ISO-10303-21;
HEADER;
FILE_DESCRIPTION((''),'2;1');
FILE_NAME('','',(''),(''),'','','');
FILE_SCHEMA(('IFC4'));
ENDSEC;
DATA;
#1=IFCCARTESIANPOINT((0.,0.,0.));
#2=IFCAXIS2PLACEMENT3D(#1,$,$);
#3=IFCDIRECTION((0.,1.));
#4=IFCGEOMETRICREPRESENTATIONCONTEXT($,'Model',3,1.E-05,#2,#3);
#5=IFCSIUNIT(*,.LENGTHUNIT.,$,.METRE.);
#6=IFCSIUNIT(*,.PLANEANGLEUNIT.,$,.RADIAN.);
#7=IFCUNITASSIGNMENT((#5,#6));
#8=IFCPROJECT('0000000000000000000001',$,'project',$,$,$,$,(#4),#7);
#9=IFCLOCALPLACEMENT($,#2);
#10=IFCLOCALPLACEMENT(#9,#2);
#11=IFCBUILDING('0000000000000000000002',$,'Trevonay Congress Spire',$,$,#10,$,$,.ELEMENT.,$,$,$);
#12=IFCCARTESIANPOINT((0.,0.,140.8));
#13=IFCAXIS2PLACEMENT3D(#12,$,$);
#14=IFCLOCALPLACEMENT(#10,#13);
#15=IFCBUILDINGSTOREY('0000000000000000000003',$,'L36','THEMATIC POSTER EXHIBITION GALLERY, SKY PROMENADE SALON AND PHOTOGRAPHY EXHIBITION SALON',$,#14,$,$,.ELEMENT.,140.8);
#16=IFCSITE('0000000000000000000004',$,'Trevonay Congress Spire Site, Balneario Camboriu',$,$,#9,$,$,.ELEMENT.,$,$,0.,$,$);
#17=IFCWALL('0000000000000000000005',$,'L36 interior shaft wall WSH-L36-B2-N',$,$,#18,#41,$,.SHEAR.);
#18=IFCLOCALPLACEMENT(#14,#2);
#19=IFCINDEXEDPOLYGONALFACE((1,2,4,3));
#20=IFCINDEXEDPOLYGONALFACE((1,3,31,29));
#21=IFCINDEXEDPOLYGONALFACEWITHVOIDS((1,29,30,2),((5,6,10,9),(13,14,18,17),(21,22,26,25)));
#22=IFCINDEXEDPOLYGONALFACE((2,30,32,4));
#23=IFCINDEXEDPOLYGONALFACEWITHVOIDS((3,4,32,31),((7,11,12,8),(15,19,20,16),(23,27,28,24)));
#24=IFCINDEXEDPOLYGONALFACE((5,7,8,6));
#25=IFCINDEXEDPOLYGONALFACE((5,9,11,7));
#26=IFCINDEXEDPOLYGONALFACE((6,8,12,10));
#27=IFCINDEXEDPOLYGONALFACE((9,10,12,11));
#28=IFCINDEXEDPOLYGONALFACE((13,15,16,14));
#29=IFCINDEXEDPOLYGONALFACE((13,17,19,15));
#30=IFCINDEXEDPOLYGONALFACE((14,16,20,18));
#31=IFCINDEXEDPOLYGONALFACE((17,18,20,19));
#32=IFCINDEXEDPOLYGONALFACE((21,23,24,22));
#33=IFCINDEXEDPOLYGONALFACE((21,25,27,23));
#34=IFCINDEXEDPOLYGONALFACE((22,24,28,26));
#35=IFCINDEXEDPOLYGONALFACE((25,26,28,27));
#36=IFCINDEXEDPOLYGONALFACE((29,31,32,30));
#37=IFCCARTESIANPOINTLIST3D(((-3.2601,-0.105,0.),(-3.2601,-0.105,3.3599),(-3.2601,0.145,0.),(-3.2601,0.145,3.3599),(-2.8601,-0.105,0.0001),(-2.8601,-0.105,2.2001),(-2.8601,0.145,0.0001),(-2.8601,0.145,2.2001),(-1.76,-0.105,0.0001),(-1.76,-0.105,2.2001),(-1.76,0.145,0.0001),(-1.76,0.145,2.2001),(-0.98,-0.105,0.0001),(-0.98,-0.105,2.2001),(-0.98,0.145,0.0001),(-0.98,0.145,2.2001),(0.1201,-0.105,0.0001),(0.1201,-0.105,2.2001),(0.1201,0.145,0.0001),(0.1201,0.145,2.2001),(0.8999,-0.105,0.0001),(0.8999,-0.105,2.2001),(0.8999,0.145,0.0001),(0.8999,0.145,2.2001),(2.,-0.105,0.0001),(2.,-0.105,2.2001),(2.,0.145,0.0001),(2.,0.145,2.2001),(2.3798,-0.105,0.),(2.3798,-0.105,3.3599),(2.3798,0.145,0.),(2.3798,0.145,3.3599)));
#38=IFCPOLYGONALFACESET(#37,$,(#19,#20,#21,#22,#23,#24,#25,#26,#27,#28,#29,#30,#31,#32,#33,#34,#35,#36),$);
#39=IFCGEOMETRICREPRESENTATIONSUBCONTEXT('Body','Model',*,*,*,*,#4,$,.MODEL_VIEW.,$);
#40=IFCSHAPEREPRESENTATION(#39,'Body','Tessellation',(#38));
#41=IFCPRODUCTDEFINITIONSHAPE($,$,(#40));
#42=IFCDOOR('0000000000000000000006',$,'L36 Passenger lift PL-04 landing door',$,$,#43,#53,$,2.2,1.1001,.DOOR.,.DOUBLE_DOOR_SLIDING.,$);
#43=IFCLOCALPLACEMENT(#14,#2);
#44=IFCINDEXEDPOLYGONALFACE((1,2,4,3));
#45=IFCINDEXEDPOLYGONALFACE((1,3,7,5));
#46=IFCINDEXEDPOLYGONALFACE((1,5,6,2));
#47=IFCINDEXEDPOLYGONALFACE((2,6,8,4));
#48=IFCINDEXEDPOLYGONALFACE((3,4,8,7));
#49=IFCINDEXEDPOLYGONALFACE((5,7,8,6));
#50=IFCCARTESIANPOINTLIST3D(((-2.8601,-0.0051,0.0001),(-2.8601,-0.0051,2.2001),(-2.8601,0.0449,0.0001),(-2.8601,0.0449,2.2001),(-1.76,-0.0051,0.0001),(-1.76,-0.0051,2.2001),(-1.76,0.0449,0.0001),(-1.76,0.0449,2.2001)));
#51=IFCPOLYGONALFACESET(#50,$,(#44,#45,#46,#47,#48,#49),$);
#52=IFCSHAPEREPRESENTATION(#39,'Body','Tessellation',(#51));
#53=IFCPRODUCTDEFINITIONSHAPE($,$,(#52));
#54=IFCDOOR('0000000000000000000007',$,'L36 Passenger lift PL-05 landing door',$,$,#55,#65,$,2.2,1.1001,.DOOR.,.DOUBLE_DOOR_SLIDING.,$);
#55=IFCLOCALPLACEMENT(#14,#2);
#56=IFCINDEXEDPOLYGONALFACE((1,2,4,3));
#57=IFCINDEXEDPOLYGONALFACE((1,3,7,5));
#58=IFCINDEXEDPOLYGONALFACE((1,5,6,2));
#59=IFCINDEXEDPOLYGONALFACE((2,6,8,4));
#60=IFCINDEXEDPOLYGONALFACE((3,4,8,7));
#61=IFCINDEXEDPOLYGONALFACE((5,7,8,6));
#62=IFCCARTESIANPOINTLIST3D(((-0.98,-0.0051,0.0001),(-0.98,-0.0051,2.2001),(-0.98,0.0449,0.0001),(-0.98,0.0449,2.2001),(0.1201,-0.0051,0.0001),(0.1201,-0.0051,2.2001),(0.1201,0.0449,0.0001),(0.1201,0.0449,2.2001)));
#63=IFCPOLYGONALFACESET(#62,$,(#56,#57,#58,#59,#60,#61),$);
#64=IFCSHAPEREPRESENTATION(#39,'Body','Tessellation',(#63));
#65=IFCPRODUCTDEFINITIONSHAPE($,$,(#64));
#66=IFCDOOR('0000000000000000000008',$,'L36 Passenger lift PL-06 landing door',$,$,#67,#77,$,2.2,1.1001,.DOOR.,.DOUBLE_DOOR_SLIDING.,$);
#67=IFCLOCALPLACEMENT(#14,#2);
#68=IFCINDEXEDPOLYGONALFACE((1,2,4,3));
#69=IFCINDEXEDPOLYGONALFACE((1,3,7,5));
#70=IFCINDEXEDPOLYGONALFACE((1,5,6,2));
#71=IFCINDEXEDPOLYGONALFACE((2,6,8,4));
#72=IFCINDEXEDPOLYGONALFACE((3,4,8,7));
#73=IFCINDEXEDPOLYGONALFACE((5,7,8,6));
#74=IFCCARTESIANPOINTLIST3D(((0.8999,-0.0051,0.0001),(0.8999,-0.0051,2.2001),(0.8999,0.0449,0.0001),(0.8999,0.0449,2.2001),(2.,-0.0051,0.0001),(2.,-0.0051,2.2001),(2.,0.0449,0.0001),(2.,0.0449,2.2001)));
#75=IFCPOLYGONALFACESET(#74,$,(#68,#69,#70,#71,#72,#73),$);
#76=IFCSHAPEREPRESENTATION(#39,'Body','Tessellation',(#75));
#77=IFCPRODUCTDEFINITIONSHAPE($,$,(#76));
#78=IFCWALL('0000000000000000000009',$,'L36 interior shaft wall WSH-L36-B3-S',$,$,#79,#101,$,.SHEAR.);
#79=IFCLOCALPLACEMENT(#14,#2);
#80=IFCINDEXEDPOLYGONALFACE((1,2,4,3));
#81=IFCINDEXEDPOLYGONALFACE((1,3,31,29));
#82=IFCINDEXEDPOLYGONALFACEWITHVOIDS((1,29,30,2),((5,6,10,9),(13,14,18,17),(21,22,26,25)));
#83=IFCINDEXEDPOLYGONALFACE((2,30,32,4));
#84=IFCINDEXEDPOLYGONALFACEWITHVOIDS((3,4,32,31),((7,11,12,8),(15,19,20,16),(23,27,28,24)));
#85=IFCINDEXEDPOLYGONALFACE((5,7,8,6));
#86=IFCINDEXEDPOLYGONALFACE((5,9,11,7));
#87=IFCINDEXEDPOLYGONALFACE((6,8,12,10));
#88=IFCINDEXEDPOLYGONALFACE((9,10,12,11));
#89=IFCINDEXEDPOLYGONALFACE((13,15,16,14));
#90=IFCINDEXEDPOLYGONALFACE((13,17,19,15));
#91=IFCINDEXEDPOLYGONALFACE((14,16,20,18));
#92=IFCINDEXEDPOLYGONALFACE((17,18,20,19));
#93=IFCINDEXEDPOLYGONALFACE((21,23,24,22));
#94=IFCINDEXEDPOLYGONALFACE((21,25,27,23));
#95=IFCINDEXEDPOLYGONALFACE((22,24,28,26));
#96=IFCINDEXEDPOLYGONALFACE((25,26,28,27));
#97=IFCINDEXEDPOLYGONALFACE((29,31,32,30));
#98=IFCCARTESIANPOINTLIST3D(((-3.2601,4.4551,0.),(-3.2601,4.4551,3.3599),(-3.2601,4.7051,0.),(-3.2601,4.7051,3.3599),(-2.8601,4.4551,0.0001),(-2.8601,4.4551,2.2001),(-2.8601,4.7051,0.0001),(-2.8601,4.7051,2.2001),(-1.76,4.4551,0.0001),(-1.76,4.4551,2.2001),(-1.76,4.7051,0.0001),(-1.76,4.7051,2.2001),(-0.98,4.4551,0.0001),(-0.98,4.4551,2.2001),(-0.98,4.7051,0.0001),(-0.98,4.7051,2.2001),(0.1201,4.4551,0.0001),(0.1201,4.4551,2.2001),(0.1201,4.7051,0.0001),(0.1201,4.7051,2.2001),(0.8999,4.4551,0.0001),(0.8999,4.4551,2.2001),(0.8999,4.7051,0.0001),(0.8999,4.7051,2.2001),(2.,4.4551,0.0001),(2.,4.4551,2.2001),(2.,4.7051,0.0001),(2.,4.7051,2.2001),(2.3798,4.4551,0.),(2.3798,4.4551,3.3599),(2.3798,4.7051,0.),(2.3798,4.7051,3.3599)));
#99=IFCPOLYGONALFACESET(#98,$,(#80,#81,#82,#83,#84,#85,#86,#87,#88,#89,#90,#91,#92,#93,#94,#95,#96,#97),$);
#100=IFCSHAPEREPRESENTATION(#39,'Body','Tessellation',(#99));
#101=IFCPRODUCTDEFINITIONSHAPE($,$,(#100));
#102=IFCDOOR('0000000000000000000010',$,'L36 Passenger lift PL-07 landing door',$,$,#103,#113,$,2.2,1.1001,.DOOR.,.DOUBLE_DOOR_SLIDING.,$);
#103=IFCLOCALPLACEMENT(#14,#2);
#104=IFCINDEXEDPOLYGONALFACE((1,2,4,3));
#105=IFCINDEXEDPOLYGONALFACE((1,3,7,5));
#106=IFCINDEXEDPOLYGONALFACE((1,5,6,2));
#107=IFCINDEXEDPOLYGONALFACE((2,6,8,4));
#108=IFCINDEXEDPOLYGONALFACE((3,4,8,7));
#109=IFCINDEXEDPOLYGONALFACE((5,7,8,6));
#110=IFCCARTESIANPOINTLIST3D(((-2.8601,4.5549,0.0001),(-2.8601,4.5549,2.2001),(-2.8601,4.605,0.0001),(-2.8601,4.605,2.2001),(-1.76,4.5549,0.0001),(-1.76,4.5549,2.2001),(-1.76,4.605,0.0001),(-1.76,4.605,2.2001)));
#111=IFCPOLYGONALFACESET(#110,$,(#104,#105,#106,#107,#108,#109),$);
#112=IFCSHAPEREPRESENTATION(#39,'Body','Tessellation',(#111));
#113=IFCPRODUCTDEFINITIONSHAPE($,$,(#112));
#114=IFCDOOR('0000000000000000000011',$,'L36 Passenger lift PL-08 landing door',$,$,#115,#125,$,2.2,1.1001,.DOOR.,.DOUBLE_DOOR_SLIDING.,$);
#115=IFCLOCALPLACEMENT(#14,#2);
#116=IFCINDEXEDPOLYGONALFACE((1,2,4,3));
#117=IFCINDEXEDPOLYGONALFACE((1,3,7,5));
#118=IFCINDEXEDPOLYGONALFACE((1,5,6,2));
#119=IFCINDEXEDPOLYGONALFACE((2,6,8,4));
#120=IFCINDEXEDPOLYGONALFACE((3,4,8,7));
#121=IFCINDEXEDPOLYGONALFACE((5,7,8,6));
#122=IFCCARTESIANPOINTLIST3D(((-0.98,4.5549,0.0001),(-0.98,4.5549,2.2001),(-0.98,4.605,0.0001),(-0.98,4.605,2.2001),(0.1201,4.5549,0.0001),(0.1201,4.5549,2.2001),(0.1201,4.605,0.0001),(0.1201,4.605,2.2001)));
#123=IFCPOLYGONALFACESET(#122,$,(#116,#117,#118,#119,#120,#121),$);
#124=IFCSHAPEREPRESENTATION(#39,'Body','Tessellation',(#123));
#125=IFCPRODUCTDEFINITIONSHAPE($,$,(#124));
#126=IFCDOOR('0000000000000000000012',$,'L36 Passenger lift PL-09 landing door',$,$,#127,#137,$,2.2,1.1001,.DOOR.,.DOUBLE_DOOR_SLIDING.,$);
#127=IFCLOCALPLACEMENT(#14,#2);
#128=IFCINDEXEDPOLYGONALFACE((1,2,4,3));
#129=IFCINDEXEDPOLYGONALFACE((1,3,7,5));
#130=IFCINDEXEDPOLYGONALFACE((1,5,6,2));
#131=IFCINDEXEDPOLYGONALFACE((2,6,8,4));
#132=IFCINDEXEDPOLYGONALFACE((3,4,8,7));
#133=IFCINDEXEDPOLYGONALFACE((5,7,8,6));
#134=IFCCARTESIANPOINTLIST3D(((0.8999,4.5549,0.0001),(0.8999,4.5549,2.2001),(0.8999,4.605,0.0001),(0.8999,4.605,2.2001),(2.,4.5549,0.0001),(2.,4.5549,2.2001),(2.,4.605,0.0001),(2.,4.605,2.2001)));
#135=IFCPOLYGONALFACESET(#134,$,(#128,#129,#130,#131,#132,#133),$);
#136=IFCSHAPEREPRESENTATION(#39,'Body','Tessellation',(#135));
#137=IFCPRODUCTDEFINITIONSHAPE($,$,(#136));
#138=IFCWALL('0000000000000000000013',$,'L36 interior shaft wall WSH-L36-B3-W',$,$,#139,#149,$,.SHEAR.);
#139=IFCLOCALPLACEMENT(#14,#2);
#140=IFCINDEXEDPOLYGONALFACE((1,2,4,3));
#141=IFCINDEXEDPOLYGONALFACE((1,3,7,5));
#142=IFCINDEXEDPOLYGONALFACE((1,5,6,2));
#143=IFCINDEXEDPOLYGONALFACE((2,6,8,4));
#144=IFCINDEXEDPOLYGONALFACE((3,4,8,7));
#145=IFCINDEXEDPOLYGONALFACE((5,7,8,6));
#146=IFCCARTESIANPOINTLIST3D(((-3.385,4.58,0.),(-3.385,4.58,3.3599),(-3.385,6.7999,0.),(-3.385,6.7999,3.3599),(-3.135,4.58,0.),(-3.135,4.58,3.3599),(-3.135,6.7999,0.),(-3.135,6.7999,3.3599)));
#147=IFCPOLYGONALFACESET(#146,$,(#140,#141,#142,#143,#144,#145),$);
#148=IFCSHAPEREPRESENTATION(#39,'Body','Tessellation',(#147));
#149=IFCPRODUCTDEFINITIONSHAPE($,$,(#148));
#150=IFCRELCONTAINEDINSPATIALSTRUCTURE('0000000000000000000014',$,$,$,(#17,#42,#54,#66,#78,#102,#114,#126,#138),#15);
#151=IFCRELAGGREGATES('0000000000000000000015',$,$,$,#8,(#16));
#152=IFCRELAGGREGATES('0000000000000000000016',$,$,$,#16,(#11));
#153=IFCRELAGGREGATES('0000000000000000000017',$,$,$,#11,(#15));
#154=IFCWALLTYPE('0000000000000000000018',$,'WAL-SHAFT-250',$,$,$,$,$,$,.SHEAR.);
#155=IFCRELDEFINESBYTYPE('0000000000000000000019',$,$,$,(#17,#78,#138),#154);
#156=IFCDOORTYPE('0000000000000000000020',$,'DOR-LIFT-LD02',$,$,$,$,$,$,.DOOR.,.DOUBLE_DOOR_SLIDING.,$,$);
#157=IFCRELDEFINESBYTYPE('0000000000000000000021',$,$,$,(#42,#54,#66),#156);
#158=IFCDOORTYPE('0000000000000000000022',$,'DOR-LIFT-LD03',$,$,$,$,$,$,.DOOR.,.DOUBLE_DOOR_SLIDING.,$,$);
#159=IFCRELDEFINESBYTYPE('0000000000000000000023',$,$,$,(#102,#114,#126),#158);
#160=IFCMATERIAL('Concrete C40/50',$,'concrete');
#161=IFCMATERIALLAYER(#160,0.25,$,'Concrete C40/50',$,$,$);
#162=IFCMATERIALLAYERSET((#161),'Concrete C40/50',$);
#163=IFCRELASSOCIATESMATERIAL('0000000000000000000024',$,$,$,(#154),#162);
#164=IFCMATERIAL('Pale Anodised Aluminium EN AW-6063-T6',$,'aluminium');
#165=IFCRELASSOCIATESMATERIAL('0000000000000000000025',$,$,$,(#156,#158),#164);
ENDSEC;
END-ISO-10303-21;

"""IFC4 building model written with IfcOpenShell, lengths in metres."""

from ifc_helpers import new_model, si_unit, direction, frame, frame_2d, origin, place, context, subcontext, project, spatial, rectangle, extrude, material, layer, layer_set, type_object, element, fill, save


model = new_model("IFC4")

# Units and contexts
model_context = context("Model", 3, precision=1e-05, world=origin(), true_north=direction((0.0, 1.0)))
body_context = subcontext(model_context, "Body", "Model", "MODEL_VIEW")
ifc_project = project(units=[si_unit("LENGTHUNIT", "METRE"), si_unit("PLANEANGLEUNIT", "RADIAN")], contexts=[model_context])

# Site, building, storey
site_placement = place(None, origin())
site = spatial("IfcSite", under=ifc_project, at=site_placement, Name="Trevonay Congress Spire Site, Balneario Camboriu", CompositionType="ELEMENT", RefElevation=0.0)
building_placement = place(site_placement, origin())
building = spatial("IfcBuilding", under=site, at=building_placement, Name="Trevonay Congress Spire", CompositionType="ELEMENT")
storey_placement = place(building_placement, frame((0.0, 0.0, 140.8)))
storey = spatial("IfcBuildingStorey", under=building, at=storey_placement, Name="L36", Description="THEMATIC POSTER EXHIBITION GALLERY, SKY PROMENADE SALON AND PHOTOGRAPHY EXHIBITION SALON", CompositionType="ELEMENT", Elevation=140.8)

# Shared definitions
ifc_material_1 = material(Name="Concrete C40/50", Category="concrete")

# Walls, openings, doors
ifc_layer_1 = layer(ifc_material_1, 0.25, Name="Concrete C40/50")
ifc_layer_set_1 = layer_set([ifc_layer_1], Name="Concrete C40/50")
wall_type_1 = type_object("IfcWallType", Name="WAL-SHAFT-250", PredefinedType="SHEAR", material=ifc_layer_set_1)
wall_1_placement = place(storey_placement, frame((-3.26, 0.02, 0.0), z_axis=(0.0, 0.0, 1.0), x_axis=(1.0, 0.0, 0.0)))
wall_1 = element("IfcWall", 1, at=wall_1_placement, inside=storey, type_object=wall_type_1, Name="L36 interior shaft wall WSH-L36-B2-N", PredefinedType="SHEAR", context=body_context, shape_type="SweptSolid", body=[
    extrude(rectangle(XDim=5.6399, YDim=0.25, at=frame_2d((2.8198, 0.0))), origin(), (0.0, 0.0, 1.0), 3.3599),
])
opening_1_placement = place(wall_1_placement, frame((0.3999, 0.0, 0.0)))
opening_1 = element("IfcOpeningElement", 2, at=opening_1_placement, cuts=wall_1, PredefinedType="OPENING", context=body_context, shape_type="SweptSolid", body=[
    extrude(rectangle(XDim=1.1001, YDim=2.2, at=frame_2d((0.55, 1.1001))), frame((0.0, 0.135, 0.0), z_axis=(0.0, -1.0, 0.0), x_axis=(1.0, 0.0, 0.0)), (0.0, 0.0, 1.0), 0.27),
])
opening_2_placement = place(wall_1_placement, frame((2.28, 0.0, 0.0)))
opening_2 = element("IfcOpeningElement", 3, at=opening_2_placement, cuts=wall_1, PredefinedType="OPENING", context=body_context, shape_type="SweptSolid", body=[
    extrude(rectangle(XDim=1.1001, YDim=2.2, at=frame_2d((0.55, 1.1001))), frame((0.0, 0.135, 0.0), z_axis=(0.0, -1.0, 0.0), x_axis=(1.0, 0.0, 0.0)), (0.0, 0.0, 1.0), 0.27),
])
opening_3_placement = place(wall_1_placement, frame((4.1599, 0.0, 0.0)))
opening_3 = element("IfcOpeningElement", 4, at=opening_3_placement, cuts=wall_1, PredefinedType="OPENING", context=body_context, shape_type="SweptSolid", body=[
    extrude(rectangle(XDim=1.1001, YDim=2.2, at=frame_2d((0.55, 1.1001))), frame((0.0, 0.135, 0.0), z_axis=(0.0, -1.0, 0.0), x_axis=(1.0, 0.0, 0.0)), (0.0, 0.0, 1.0), 0.27),
])
ifc_material_2 = material(Name="Pale Anodised Aluminium EN AW-6063-T6", Category="aluminium")
door_type_1 = type_object("IfcDoorType", Name="DOR-LIFT-LD02", OperationType="DOUBLE_DOOR_SLIDING", PredefinedType="DOOR", material=ifc_material_2)
door_1_placement = place(opening_1_placement, origin())
door_1 = element("IfcDoor", 5, at=door_1_placement, inside=storey, type_object=door_type_1, Name="L36 Passenger lift PL-04 landing door", OperationType="DOUBLE_DOOR_SLIDING", OverallHeight=2.2, OverallWidth=1.1001, PredefinedType="DOOR", context=body_context, shape_type="SweptSolid", body=[
    extrude(rectangle(XDim=1.1001, YDim=2.2, at=frame_2d((0.55, 1.1001))), frame((0.0, 0.0249, 0.0), z_axis=(0.0, -1.0, 0.0), x_axis=(1.0, 0.0, 0.0)), (0.0, 0.0, 1.0), 0.05),
])
fill(opening_1, door_1)
door_2_placement = place(opening_2_placement, origin())
door_2 = element("IfcDoor", 6, at=door_2_placement, inside=storey, type_object=door_type_1, Name="L36 Passenger lift PL-05 landing door", OperationType="DOUBLE_DOOR_SLIDING", OverallHeight=2.2, OverallWidth=1.1001, PredefinedType="DOOR", context=body_context, shape_type="SweptSolid", body=[
    extrude(rectangle(XDim=1.1001, YDim=2.2, at=frame_2d((0.55, 1.1001))), frame((0.0, 0.0249, 0.0), z_axis=(0.0, -1.0, 0.0), x_axis=(1.0, 0.0, 0.0)), (0.0, 0.0, 1.0), 0.05),
])
fill(opening_2, door_2)
door_3_placement = place(opening_3_placement, origin())
door_3 = element("IfcDoor", 7, at=door_3_placement, inside=storey, type_object=door_type_1, Name="L36 Passenger lift PL-06 landing door", OperationType="DOUBLE_DOOR_SLIDING", OverallHeight=2.2, OverallWidth=1.1001, PredefinedType="DOOR", context=body_context, shape_type="SweptSolid", body=[
    extrude(rectangle(XDim=1.1001, YDim=2.2, at=frame_2d((0.55, 1.1001))), frame((0.0, 0.0249, 0.0), z_axis=(0.0, -1.0, 0.0), x_axis=(1.0, 0.0, 0.0)), (0.0, 0.0, 1.0), 0.05),
])
fill(opening_3, door_3)
wall_2_placement = place(storey_placement, frame((-3.26, 4.5801, 0.0), z_axis=(0.0, 0.0, 1.0), x_axis=(1.0, 0.0, 0.0)))
wall_2 = element("IfcWall", 8, at=wall_2_placement, inside=storey, type_object=wall_type_1, Name="L36 interior shaft wall WSH-L36-B3-S", PredefinedType="SHEAR", context=body_context, shape_type="SweptSolid", body=[
    extrude(rectangle(XDim=5.6399, YDim=0.25, at=frame_2d((2.8198, 0.0))), origin(), (0.0, 0.0, 1.0), 3.3599),
])
opening_4_placement = place(wall_2_placement, frame((0.3999, 0.0, 0.0)))
opening_4 = element("IfcOpeningElement", 9, at=opening_4_placement, cuts=wall_2, PredefinedType="OPENING", context=body_context, shape_type="SweptSolid", body=[
    extrude(rectangle(XDim=1.1001, YDim=2.2, at=frame_2d((0.55, 1.1001))), frame((0.0, 0.135, 0.0), z_axis=(0.0, -1.0, 0.0), x_axis=(1.0, 0.0, 0.0)), (0.0, 0.0, 1.0), 0.27),
])
opening_5_placement = place(wall_2_placement, frame((2.28, 0.0, 0.0)))
opening_5 = element("IfcOpeningElement", 10, at=opening_5_placement, cuts=wall_2, PredefinedType="OPENING", context=body_context, shape_type="SweptSolid", body=[
    extrude(rectangle(XDim=1.1001, YDim=2.2, at=frame_2d((0.55, 1.1001))), frame((0.0, 0.135, 0.0), z_axis=(0.0, -1.0, 0.0), x_axis=(1.0, 0.0, 0.0)), (0.0, 0.0, 1.0), 0.27),
])
opening_6_placement = place(wall_2_placement, frame((4.1599, 0.0, 0.0)))
opening_6 = element("IfcOpeningElement", 11, at=opening_6_placement, cuts=wall_2, PredefinedType="OPENING", context=body_context, shape_type="SweptSolid", body=[
    extrude(rectangle(XDim=1.1001, YDim=2.2, at=frame_2d((0.55, 1.1001))), frame((0.0, 0.135, 0.0), z_axis=(0.0, -1.0, 0.0), x_axis=(1.0, 0.0, 0.0)), (0.0, 0.0, 1.0), 0.27),
])
door_type_2 = type_object("IfcDoorType", Name="DOR-LIFT-LD03", OperationType="DOUBLE_DOOR_SLIDING", PredefinedType="DOOR", material=ifc_material_2)
door_4_placement = place(opening_4_placement, origin())
door_4 = element("IfcDoor", 12, at=door_4_placement, inside=storey, type_object=door_type_2, Name="L36 Passenger lift PL-07 landing door", OperationType="DOUBLE_DOOR_SLIDING", OverallHeight=2.2, OverallWidth=1.1001, PredefinedType="DOOR", context=body_context, shape_type="SweptSolid", body=[
    extrude(rectangle(XDim=1.1001, YDim=2.2, at=frame_2d((0.55, 1.1001))), frame((0.0, 0.0249, 0.0), z_axis=(0.0, -1.0, 0.0), x_axis=(1.0, 0.0, 0.0)), (0.0, 0.0, 1.0), 0.05),
])
fill(opening_4, door_4)
door_5_placement = place(opening_5_placement, origin())
door_5 = element("IfcDoor", 13, at=door_5_placement, inside=storey, type_object=door_type_2, Name="L36 Passenger lift PL-08 landing door", OperationType="DOUBLE_DOOR_SLIDING", OverallHeight=2.2, OverallWidth=1.1001, PredefinedType="DOOR", context=body_context, shape_type="SweptSolid", body=[
    extrude(rectangle(XDim=1.1001, YDim=2.2, at=frame_2d((0.55, 1.1001))), frame((0.0, 0.0249, 0.0), z_axis=(0.0, -1.0, 0.0), x_axis=(1.0, 0.0, 0.0)), (0.0, 0.0, 1.0), 0.05),
])
fill(opening_5, door_5)
door_6_placement = place(opening_6_placement, origin())
door_6 = element("IfcDoor", 14, at=door_6_placement, inside=storey, type_object=door_type_2, Name="L36 Passenger lift PL-09 landing door", OperationType="DOUBLE_DOOR_SLIDING", OverallHeight=2.2, OverallWidth=1.1001, PredefinedType="DOOR", context=body_context, shape_type="SweptSolid", body=[
    extrude(rectangle(XDim=1.1001, YDim=2.2, at=frame_2d((0.55, 1.1001))), frame((0.0, 0.0249, 0.0), z_axis=(0.0, -1.0, 0.0), x_axis=(1.0, 0.0, 0.0)), (0.0, 0.0, 1.0), 0.05),
])
fill(opening_6, door_6)

# Wall
wall_3_placement = place(storey_placement, frame((-3.26, 4.5801, 0.0), z_axis=(0.0, 0.0, 1.0), x_axis=(0.0, 1.0, 0.0)))
element("IfcWall", 15, at=wall_3_placement, inside=storey, type_object=wall_type_1, Name="L36 interior shaft wall WSH-L36-B3-W", PredefinedType="SHEAR", context=body_context, shape_type="SweptSolid", body=[
    extrude(rectangle(XDim=2.22, YDim=0.25, at=frame_2d((1.1099, 0.0))), origin(), (0.0, 0.0, 1.0), 3.3599),
])

save(model, "model.ifc")
